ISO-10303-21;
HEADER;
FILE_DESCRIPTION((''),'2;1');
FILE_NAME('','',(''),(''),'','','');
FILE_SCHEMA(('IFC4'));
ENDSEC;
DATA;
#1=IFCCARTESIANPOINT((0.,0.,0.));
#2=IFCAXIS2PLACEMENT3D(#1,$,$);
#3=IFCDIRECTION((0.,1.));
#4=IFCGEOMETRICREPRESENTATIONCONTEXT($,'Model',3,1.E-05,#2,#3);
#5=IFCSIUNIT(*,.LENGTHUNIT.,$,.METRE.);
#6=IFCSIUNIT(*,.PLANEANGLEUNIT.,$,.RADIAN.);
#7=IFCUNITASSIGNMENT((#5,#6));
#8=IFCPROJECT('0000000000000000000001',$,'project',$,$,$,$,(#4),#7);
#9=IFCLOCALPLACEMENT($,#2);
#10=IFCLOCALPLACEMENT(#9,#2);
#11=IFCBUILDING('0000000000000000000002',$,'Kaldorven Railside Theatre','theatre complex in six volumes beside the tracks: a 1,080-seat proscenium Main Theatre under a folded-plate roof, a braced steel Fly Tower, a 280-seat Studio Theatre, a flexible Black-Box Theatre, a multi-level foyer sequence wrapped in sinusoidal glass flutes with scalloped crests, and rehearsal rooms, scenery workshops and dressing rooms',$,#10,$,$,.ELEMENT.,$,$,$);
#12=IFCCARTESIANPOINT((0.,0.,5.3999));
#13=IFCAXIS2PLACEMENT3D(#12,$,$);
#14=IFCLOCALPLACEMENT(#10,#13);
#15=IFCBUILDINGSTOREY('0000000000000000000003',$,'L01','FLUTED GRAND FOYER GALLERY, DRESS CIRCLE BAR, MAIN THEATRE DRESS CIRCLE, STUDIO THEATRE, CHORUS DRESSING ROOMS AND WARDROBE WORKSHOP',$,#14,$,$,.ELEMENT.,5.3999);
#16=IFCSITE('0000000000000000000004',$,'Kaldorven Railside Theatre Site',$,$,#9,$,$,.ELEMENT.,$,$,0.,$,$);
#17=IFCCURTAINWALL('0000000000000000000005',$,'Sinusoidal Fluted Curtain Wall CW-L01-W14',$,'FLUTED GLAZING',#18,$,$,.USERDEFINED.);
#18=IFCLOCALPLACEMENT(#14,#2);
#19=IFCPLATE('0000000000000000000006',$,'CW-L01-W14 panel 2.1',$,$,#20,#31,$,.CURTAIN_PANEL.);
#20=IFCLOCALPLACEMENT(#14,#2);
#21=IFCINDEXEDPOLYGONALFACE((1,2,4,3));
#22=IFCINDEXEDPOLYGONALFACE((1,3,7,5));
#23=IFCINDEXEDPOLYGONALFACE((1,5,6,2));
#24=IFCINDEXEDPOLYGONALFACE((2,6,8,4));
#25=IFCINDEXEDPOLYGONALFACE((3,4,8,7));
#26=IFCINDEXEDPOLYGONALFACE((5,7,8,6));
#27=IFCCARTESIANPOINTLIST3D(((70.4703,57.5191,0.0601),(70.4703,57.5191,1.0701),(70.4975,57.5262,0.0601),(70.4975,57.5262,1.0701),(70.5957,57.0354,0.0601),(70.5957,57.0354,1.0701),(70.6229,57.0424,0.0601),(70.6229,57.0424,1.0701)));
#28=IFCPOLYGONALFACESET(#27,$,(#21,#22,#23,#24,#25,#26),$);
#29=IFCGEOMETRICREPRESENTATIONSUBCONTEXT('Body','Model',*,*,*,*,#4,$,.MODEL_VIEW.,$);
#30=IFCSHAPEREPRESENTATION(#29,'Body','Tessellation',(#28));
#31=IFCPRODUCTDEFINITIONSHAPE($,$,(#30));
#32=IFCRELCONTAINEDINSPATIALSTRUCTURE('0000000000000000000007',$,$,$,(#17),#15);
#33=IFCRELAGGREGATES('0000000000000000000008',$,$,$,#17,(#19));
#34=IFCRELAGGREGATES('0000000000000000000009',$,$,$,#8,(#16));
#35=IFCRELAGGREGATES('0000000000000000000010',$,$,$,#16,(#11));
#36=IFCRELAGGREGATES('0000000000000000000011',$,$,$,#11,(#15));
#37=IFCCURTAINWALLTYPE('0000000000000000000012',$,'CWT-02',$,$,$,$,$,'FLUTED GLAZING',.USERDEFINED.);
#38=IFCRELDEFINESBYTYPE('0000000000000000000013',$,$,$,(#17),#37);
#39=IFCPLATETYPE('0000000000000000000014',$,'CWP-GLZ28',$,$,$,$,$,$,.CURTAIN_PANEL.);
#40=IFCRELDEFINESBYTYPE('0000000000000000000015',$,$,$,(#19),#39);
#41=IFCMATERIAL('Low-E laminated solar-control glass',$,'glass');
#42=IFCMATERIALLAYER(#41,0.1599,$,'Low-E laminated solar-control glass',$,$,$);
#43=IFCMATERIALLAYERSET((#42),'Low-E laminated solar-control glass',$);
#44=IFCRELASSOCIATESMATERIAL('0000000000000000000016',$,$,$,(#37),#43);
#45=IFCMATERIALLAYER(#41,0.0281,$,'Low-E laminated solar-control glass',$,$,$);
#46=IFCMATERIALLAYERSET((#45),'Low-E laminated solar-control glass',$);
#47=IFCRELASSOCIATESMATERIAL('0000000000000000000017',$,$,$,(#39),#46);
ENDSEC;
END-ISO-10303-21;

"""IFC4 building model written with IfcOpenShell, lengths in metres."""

from ifc_helpers import new_model, si_unit, direction, frame, origin, origin_2d, place, context, subcontext, project, spatial, rectangle, extrude, material, layer, layer_set, type_object, element, aggregate, save


model = new_model("IFC4")

# Units and contexts
model_context = context("Model", 3, precision=1e-05, world=origin(), true_north=direction((0.0, 1.0)))
body_context = subcontext(model_context, "Body", "Model", "MODEL_VIEW")
ifc_project = project(units=[si_unit("LENGTHUNIT", "METRE"), si_unit("PLANEANGLEUNIT", "RADIAN")], contexts=[model_context])

# Site, building, storey
site_placement = place(None, origin())
site = spatial("IfcSite", under=ifc_project, at=site_placement, Name="Kaldorven Railside Theatre Site", CompositionType="ELEMENT", RefElevation=0.0)
building_placement = place(site_placement, origin())
building = spatial("IfcBuilding", under=site, at=building_placement, Name="Kaldorven Railside Theatre", Description="theatre complex in six volumes beside the tracks: a 1,080-seat proscenium Main Theatre under a folded-plate roof, a braced steel Fly Tower, a 280-seat Studio Theatre, a flexible Black-Box Theatre, a multi-level foyer sequence wrapped in sinusoidal glass flutes with scalloped crests, and rehearsal rooms, scenery workshops and dressing rooms", CompositionType="ELEMENT")
storey_placement = place(building_placement, frame((0.0, 0.0, 5.3999)))
storey = spatial("IfcBuildingStorey", under=building, at=storey_placement, Name="L01", Description="FLUTED GRAND FOYER GALLERY, DRESS CIRCLE BAR, MAIN THEATRE DRESS CIRCLE, STUDIO THEATRE, CHORUS DRESSING ROOMS AND WARDROBE WORKSHOP", CompositionType="ELEMENT", Elevation=5.3999)

# Curtain wall
ifc_material_1 = material(Name="Low-E laminated solar-control glass", Category="glass")
ifc_layer_1 = layer(ifc_material_1, 0.1599, Name="Low-E laminated solar-control glass")
ifc_layer_set_1 = layer_set([ifc_layer_1], Name="Low-E laminated solar-control glass")
curtain_wall_type_1 = type_object("IfcCurtainWallType", Name="CWT-02", ElementType="FLUTED GLAZING", PredefinedType="USERDEFINED", material=ifc_layer_set_1)
curtain_wall_1_placement = place(storey_placement, origin())
curtain_wall_1 = element("IfcCurtainWall", 1, at=curtain_wall_1_placement, inside=storey, type_object=curtain_wall_type_1, Name="Sinusoidal Fluted Curtain Wall CW-L01-W14", ObjectType="FLUTED GLAZING", PredefinedType="USERDEFINED")

# Plate
ifc_layer_2 = layer(ifc_material_1, 0.0281, Name="Low-E laminated solar-control glass")
ifc_layer_set_2 = layer_set([ifc_layer_2], Name="Low-E laminated solar-control glass")
plate_type = type_object("IfcPlateType", Name="CWP-GLZ28", PredefinedType="CURTAIN_PANEL", material=ifc_layer_set_2)
plate_1_placement = place(storey_placement, frame((70.5466, 57.2808, 0.0601), z_axis=(0.0, 0.0, 1.0), x_axis=(-0.250954, 0.967999, 0.0)))
plate_1 = element("IfcPlate", 2, at=plate_1_placement, type_object=plate_type, Name="CW-L01-W14 panel 2.1", PredefinedType="CURTAIN_PANEL", context=body_context, shape_type="SweptSolid", body=[
    extrude(rectangle(XDim=0.4998, YDim=0.0281, at=origin_2d()), origin(), (0.0, 0.0, 1.0), 1.01),
])
aggregate(curtain_wall_1, [plate_1])

save(model, "model.ifc")
